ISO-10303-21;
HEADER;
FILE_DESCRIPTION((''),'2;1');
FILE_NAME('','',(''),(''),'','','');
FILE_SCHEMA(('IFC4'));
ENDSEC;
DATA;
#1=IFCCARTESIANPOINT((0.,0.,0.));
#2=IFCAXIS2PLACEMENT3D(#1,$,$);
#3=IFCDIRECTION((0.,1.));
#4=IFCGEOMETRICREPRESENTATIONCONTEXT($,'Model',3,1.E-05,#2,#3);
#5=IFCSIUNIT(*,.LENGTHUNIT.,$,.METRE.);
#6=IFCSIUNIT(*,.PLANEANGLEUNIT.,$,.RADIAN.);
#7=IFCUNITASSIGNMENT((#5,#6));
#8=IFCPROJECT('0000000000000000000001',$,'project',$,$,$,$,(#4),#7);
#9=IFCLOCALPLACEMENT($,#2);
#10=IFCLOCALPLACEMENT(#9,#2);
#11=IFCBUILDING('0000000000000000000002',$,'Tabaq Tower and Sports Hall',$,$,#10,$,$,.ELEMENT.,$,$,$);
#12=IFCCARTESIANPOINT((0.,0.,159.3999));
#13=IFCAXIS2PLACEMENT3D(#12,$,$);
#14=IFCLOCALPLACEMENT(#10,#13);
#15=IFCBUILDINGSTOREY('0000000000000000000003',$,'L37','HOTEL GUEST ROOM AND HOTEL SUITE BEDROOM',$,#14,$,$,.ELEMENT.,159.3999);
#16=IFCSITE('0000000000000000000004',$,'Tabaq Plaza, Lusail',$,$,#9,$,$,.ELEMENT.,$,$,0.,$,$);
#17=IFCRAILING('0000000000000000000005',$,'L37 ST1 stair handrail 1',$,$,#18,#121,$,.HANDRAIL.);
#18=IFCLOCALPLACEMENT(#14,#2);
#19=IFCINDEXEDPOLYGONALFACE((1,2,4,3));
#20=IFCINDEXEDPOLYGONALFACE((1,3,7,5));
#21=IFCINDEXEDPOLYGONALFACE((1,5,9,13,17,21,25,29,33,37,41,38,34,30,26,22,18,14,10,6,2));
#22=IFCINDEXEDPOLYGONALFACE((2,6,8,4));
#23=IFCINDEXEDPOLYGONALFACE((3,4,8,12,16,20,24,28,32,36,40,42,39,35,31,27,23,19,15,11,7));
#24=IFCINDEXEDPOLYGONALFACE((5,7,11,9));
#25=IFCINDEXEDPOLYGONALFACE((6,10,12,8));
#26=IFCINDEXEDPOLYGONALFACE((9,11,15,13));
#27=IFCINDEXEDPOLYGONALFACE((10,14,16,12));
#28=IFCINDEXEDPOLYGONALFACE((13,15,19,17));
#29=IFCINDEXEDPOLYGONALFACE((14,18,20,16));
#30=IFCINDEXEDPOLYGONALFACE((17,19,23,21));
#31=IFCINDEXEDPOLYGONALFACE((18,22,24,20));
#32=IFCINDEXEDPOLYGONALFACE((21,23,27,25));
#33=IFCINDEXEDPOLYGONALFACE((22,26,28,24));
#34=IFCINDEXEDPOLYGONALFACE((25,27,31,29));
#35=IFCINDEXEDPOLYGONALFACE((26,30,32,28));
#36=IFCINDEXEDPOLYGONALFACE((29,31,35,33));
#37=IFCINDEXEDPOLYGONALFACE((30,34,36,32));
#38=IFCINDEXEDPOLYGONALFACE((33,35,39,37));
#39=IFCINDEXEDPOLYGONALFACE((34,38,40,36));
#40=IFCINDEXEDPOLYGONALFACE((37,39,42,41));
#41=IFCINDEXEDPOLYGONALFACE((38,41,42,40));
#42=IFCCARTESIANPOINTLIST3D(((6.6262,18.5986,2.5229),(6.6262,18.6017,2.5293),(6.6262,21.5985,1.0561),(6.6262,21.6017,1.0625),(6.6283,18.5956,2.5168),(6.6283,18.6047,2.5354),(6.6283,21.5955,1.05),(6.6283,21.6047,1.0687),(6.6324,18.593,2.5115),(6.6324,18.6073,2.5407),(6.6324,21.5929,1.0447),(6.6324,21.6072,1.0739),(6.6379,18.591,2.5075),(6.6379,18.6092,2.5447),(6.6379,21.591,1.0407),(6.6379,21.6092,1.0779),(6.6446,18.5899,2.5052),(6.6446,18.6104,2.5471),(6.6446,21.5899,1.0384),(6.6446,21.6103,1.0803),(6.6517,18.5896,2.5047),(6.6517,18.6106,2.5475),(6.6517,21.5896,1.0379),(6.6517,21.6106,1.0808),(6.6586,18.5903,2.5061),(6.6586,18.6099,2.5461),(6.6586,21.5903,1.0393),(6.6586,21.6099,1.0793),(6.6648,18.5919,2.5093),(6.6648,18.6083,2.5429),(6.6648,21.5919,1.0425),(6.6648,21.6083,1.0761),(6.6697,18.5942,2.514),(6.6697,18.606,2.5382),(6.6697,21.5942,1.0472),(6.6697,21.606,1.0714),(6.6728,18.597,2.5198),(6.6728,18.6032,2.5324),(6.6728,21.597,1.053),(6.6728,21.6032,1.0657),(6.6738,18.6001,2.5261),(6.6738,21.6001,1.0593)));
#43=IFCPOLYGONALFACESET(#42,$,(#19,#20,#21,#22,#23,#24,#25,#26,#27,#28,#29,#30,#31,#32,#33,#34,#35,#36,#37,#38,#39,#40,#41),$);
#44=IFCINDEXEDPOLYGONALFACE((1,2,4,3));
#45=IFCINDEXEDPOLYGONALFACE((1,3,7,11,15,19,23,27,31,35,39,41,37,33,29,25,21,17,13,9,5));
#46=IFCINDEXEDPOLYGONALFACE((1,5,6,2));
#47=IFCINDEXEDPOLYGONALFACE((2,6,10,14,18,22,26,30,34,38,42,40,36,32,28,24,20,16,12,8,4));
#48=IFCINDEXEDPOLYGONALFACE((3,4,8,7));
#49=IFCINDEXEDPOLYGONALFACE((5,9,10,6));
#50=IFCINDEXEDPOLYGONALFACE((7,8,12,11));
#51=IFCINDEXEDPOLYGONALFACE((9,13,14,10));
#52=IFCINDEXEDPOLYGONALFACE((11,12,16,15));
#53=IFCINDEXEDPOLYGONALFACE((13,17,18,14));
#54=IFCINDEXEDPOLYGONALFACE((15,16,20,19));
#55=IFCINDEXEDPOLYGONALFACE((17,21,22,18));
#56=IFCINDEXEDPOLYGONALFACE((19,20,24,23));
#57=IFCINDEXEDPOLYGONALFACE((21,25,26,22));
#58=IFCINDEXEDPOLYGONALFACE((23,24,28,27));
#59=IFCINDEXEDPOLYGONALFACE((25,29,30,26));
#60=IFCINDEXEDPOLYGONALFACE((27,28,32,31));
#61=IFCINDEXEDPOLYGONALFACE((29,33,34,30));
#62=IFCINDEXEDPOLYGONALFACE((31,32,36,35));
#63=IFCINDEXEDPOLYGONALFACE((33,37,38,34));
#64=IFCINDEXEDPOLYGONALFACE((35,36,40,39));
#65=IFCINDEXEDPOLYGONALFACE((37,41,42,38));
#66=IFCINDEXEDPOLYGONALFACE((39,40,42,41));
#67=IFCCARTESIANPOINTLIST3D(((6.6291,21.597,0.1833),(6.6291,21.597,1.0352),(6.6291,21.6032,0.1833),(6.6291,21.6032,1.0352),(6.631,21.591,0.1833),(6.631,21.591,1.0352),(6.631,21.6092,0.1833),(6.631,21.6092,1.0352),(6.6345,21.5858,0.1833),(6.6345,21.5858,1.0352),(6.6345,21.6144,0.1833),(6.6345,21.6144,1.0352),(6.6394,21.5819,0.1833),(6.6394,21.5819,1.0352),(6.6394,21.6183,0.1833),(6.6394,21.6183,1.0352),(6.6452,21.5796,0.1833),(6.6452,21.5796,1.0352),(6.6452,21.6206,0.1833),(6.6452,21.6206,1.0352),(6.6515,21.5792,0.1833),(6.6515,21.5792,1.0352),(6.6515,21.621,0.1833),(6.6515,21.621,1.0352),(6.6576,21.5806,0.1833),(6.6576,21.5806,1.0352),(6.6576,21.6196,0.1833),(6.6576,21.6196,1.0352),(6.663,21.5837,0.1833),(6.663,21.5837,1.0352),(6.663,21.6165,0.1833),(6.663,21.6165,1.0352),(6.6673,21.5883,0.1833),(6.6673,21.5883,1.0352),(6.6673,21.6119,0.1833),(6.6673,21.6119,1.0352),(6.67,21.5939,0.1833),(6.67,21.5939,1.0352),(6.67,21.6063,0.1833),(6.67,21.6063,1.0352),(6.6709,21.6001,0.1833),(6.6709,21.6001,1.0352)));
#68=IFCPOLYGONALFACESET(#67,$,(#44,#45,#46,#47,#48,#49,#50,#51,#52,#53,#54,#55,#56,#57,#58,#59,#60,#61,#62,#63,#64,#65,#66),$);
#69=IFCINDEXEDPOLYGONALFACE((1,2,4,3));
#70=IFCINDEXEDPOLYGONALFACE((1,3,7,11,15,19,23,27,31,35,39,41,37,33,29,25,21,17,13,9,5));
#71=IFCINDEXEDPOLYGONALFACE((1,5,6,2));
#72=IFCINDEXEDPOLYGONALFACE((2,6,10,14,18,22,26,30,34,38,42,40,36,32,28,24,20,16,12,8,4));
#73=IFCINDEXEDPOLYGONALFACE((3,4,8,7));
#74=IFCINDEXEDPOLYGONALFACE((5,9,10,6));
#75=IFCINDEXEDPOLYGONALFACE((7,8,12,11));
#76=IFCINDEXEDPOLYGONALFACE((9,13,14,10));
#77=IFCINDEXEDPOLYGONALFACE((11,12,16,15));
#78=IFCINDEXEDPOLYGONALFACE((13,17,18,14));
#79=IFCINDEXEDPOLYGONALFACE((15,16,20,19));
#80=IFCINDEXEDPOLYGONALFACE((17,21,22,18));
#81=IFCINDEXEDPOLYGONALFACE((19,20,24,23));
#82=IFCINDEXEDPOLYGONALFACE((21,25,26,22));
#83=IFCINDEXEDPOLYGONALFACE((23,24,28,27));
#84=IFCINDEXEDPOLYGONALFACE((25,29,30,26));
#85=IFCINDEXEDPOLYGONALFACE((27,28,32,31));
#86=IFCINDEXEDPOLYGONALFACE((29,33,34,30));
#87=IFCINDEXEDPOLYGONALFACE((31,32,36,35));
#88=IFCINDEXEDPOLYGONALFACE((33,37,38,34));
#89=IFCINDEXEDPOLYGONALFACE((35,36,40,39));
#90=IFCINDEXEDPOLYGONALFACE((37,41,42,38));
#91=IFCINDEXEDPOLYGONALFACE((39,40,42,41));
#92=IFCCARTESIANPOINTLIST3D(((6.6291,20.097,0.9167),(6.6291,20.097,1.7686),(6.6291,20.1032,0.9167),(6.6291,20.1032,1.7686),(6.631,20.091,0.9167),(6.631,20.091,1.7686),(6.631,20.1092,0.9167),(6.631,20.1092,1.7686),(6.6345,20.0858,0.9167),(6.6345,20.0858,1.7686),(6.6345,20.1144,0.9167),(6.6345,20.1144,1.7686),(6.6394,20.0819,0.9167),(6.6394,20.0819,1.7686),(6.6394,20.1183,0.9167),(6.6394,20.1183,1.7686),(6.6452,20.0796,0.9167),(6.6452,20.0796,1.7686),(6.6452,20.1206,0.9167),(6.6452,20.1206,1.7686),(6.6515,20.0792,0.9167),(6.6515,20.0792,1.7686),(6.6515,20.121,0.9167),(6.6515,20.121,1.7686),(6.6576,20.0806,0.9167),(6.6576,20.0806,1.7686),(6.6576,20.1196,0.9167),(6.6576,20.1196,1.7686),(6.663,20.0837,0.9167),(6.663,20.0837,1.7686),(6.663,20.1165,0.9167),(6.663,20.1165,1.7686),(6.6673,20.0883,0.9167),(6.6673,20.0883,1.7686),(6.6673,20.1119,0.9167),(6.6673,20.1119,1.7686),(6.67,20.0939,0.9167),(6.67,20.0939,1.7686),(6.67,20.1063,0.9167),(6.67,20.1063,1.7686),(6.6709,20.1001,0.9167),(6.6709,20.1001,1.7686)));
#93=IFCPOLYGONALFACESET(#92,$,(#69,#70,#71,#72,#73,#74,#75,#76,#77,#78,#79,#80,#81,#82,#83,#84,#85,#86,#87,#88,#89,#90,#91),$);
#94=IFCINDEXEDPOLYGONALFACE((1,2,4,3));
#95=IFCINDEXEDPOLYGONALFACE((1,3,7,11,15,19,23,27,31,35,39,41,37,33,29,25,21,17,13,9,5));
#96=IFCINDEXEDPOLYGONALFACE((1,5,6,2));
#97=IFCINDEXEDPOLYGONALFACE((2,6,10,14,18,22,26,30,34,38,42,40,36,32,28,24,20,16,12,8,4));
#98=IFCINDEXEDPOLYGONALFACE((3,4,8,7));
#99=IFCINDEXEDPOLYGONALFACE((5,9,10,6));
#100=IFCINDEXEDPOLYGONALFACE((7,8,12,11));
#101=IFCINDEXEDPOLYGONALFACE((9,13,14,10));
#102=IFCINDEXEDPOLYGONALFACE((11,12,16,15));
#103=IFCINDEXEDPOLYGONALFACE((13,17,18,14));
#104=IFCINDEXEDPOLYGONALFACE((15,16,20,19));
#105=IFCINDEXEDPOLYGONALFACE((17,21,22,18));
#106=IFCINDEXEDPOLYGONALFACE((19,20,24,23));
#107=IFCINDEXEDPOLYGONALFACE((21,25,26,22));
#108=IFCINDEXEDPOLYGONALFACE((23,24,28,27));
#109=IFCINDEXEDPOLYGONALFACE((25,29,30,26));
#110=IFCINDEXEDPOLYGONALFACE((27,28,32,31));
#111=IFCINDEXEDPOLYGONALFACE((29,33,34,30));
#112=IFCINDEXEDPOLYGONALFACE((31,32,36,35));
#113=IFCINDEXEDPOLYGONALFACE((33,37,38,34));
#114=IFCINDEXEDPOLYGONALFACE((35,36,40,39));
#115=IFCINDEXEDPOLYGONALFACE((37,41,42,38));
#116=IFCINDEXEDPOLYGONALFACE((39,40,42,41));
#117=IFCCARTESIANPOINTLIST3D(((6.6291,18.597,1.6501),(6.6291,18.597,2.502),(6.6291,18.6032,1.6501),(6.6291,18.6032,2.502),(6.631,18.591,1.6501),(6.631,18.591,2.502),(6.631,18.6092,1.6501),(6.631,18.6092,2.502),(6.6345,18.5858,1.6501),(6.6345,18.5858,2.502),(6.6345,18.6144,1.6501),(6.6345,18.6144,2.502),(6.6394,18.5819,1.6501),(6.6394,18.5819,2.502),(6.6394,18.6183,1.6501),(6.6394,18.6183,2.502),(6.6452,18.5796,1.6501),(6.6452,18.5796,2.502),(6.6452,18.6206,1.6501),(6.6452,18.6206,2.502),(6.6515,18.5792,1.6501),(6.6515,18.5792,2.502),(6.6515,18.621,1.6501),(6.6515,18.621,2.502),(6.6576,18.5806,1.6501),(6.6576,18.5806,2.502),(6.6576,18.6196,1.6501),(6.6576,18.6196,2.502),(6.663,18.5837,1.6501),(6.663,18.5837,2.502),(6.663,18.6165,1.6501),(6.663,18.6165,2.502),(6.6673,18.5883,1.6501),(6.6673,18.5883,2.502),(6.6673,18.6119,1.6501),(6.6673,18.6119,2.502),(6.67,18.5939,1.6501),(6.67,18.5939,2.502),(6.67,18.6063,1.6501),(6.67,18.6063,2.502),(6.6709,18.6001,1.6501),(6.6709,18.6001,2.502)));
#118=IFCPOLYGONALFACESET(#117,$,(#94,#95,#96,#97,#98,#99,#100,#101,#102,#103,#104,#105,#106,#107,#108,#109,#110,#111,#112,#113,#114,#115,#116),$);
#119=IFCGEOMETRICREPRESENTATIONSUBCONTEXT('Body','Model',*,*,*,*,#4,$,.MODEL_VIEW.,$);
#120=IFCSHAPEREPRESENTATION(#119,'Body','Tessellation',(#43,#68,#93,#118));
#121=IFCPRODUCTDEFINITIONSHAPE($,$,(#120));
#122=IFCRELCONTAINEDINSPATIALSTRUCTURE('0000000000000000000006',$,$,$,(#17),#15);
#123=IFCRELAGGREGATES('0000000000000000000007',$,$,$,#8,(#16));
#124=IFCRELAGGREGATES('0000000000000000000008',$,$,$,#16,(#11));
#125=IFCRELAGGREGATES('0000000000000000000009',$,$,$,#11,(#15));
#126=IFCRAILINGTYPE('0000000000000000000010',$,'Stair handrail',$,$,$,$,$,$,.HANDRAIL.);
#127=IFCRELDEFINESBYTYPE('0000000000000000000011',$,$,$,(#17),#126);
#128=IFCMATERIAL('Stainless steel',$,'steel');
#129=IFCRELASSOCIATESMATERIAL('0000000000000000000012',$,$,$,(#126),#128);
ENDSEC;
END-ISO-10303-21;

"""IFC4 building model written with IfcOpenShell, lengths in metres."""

from ifc_helpers import new_model, si_unit, direction, frame, origin, origin_2d, place, context, subcontext, project, spatial, circle, extrude, material, type_object, element, save


model = new_model("IFC4")

# Units and contexts
model_context = context("Model", 3, precision=1e-05, world=origin(), true_north=direction((0.0, 1.0)))
body_context = subcontext(model_context, "Body", "Model", "MODEL_VIEW")
ifc_project = project(units=[si_unit("LENGTHUNIT", "METRE"), si_unit("PLANEANGLEUNIT", "RADIAN")], contexts=[model_context])

# Site, building, storey
site_placement = place(None, origin())
site = spatial("IfcSite", under=ifc_project, at=site_placement, Name="Tabaq Plaza, Lusail", CompositionType="ELEMENT", RefElevation=0.0)
building_placement = place(site_placement, origin())
building = spatial("IfcBuilding", under=site, at=building_placement, Name="Tabaq Tower and Sports Hall", CompositionType="ELEMENT")
storey_placement = place(building_placement, frame((0.0, 0.0, 159.3999)))
storey = spatial("IfcBuildingStorey", under=building, at=storey_placement, Name="L37", Description="HOTEL GUEST ROOM AND HOTEL SUITE BEDROOM", CompositionType="ELEMENT", Elevation=159.3999)

# Railing
ifc_material_1 = material(Name="Stainless steel", Category="steel")
railing_type = type_object("IfcRailingType", Name="Stair handrail", PredefinedType="HANDRAIL", material=ifc_material_1)
railing_1_placement = place(storey_placement, frame((6.6499, 21.6001, 0.1833)))
element("IfcRailing", 1, at=railing_1_placement, inside=storey, type_object=railing_type, Name="L37 ST1 stair handrail 1", PredefinedType="HANDRAIL", context=body_context, shape_type="SweptSolid", body=[
    extrude(circle(Radius=0.0239, at=origin_2d()), frame((0.0, 0.0, 0.876), z_axis=(0.0, -0.898369, 0.439242), x_axis=(1.0, 0.0, 0.0)), (0.0, 0.0, 1.0), 3.3394),
    extrude(circle(Radius=0.021, at=origin_2d()), origin(), (0.0, 0.0, 1.0), 0.8518),
    extrude(circle(Radius=0.021, at=origin_2d()), frame((0.0, -1.5, 0.7334)), (0.0, 0.0, 1.0), 0.8518),
    extrude(circle(Radius=0.021, at=origin_2d()), frame((0.0, -3.0, 1.4668)), (0.0, 0.0, 1.0), 0.8518),
])

save(model, "model.ifc")
